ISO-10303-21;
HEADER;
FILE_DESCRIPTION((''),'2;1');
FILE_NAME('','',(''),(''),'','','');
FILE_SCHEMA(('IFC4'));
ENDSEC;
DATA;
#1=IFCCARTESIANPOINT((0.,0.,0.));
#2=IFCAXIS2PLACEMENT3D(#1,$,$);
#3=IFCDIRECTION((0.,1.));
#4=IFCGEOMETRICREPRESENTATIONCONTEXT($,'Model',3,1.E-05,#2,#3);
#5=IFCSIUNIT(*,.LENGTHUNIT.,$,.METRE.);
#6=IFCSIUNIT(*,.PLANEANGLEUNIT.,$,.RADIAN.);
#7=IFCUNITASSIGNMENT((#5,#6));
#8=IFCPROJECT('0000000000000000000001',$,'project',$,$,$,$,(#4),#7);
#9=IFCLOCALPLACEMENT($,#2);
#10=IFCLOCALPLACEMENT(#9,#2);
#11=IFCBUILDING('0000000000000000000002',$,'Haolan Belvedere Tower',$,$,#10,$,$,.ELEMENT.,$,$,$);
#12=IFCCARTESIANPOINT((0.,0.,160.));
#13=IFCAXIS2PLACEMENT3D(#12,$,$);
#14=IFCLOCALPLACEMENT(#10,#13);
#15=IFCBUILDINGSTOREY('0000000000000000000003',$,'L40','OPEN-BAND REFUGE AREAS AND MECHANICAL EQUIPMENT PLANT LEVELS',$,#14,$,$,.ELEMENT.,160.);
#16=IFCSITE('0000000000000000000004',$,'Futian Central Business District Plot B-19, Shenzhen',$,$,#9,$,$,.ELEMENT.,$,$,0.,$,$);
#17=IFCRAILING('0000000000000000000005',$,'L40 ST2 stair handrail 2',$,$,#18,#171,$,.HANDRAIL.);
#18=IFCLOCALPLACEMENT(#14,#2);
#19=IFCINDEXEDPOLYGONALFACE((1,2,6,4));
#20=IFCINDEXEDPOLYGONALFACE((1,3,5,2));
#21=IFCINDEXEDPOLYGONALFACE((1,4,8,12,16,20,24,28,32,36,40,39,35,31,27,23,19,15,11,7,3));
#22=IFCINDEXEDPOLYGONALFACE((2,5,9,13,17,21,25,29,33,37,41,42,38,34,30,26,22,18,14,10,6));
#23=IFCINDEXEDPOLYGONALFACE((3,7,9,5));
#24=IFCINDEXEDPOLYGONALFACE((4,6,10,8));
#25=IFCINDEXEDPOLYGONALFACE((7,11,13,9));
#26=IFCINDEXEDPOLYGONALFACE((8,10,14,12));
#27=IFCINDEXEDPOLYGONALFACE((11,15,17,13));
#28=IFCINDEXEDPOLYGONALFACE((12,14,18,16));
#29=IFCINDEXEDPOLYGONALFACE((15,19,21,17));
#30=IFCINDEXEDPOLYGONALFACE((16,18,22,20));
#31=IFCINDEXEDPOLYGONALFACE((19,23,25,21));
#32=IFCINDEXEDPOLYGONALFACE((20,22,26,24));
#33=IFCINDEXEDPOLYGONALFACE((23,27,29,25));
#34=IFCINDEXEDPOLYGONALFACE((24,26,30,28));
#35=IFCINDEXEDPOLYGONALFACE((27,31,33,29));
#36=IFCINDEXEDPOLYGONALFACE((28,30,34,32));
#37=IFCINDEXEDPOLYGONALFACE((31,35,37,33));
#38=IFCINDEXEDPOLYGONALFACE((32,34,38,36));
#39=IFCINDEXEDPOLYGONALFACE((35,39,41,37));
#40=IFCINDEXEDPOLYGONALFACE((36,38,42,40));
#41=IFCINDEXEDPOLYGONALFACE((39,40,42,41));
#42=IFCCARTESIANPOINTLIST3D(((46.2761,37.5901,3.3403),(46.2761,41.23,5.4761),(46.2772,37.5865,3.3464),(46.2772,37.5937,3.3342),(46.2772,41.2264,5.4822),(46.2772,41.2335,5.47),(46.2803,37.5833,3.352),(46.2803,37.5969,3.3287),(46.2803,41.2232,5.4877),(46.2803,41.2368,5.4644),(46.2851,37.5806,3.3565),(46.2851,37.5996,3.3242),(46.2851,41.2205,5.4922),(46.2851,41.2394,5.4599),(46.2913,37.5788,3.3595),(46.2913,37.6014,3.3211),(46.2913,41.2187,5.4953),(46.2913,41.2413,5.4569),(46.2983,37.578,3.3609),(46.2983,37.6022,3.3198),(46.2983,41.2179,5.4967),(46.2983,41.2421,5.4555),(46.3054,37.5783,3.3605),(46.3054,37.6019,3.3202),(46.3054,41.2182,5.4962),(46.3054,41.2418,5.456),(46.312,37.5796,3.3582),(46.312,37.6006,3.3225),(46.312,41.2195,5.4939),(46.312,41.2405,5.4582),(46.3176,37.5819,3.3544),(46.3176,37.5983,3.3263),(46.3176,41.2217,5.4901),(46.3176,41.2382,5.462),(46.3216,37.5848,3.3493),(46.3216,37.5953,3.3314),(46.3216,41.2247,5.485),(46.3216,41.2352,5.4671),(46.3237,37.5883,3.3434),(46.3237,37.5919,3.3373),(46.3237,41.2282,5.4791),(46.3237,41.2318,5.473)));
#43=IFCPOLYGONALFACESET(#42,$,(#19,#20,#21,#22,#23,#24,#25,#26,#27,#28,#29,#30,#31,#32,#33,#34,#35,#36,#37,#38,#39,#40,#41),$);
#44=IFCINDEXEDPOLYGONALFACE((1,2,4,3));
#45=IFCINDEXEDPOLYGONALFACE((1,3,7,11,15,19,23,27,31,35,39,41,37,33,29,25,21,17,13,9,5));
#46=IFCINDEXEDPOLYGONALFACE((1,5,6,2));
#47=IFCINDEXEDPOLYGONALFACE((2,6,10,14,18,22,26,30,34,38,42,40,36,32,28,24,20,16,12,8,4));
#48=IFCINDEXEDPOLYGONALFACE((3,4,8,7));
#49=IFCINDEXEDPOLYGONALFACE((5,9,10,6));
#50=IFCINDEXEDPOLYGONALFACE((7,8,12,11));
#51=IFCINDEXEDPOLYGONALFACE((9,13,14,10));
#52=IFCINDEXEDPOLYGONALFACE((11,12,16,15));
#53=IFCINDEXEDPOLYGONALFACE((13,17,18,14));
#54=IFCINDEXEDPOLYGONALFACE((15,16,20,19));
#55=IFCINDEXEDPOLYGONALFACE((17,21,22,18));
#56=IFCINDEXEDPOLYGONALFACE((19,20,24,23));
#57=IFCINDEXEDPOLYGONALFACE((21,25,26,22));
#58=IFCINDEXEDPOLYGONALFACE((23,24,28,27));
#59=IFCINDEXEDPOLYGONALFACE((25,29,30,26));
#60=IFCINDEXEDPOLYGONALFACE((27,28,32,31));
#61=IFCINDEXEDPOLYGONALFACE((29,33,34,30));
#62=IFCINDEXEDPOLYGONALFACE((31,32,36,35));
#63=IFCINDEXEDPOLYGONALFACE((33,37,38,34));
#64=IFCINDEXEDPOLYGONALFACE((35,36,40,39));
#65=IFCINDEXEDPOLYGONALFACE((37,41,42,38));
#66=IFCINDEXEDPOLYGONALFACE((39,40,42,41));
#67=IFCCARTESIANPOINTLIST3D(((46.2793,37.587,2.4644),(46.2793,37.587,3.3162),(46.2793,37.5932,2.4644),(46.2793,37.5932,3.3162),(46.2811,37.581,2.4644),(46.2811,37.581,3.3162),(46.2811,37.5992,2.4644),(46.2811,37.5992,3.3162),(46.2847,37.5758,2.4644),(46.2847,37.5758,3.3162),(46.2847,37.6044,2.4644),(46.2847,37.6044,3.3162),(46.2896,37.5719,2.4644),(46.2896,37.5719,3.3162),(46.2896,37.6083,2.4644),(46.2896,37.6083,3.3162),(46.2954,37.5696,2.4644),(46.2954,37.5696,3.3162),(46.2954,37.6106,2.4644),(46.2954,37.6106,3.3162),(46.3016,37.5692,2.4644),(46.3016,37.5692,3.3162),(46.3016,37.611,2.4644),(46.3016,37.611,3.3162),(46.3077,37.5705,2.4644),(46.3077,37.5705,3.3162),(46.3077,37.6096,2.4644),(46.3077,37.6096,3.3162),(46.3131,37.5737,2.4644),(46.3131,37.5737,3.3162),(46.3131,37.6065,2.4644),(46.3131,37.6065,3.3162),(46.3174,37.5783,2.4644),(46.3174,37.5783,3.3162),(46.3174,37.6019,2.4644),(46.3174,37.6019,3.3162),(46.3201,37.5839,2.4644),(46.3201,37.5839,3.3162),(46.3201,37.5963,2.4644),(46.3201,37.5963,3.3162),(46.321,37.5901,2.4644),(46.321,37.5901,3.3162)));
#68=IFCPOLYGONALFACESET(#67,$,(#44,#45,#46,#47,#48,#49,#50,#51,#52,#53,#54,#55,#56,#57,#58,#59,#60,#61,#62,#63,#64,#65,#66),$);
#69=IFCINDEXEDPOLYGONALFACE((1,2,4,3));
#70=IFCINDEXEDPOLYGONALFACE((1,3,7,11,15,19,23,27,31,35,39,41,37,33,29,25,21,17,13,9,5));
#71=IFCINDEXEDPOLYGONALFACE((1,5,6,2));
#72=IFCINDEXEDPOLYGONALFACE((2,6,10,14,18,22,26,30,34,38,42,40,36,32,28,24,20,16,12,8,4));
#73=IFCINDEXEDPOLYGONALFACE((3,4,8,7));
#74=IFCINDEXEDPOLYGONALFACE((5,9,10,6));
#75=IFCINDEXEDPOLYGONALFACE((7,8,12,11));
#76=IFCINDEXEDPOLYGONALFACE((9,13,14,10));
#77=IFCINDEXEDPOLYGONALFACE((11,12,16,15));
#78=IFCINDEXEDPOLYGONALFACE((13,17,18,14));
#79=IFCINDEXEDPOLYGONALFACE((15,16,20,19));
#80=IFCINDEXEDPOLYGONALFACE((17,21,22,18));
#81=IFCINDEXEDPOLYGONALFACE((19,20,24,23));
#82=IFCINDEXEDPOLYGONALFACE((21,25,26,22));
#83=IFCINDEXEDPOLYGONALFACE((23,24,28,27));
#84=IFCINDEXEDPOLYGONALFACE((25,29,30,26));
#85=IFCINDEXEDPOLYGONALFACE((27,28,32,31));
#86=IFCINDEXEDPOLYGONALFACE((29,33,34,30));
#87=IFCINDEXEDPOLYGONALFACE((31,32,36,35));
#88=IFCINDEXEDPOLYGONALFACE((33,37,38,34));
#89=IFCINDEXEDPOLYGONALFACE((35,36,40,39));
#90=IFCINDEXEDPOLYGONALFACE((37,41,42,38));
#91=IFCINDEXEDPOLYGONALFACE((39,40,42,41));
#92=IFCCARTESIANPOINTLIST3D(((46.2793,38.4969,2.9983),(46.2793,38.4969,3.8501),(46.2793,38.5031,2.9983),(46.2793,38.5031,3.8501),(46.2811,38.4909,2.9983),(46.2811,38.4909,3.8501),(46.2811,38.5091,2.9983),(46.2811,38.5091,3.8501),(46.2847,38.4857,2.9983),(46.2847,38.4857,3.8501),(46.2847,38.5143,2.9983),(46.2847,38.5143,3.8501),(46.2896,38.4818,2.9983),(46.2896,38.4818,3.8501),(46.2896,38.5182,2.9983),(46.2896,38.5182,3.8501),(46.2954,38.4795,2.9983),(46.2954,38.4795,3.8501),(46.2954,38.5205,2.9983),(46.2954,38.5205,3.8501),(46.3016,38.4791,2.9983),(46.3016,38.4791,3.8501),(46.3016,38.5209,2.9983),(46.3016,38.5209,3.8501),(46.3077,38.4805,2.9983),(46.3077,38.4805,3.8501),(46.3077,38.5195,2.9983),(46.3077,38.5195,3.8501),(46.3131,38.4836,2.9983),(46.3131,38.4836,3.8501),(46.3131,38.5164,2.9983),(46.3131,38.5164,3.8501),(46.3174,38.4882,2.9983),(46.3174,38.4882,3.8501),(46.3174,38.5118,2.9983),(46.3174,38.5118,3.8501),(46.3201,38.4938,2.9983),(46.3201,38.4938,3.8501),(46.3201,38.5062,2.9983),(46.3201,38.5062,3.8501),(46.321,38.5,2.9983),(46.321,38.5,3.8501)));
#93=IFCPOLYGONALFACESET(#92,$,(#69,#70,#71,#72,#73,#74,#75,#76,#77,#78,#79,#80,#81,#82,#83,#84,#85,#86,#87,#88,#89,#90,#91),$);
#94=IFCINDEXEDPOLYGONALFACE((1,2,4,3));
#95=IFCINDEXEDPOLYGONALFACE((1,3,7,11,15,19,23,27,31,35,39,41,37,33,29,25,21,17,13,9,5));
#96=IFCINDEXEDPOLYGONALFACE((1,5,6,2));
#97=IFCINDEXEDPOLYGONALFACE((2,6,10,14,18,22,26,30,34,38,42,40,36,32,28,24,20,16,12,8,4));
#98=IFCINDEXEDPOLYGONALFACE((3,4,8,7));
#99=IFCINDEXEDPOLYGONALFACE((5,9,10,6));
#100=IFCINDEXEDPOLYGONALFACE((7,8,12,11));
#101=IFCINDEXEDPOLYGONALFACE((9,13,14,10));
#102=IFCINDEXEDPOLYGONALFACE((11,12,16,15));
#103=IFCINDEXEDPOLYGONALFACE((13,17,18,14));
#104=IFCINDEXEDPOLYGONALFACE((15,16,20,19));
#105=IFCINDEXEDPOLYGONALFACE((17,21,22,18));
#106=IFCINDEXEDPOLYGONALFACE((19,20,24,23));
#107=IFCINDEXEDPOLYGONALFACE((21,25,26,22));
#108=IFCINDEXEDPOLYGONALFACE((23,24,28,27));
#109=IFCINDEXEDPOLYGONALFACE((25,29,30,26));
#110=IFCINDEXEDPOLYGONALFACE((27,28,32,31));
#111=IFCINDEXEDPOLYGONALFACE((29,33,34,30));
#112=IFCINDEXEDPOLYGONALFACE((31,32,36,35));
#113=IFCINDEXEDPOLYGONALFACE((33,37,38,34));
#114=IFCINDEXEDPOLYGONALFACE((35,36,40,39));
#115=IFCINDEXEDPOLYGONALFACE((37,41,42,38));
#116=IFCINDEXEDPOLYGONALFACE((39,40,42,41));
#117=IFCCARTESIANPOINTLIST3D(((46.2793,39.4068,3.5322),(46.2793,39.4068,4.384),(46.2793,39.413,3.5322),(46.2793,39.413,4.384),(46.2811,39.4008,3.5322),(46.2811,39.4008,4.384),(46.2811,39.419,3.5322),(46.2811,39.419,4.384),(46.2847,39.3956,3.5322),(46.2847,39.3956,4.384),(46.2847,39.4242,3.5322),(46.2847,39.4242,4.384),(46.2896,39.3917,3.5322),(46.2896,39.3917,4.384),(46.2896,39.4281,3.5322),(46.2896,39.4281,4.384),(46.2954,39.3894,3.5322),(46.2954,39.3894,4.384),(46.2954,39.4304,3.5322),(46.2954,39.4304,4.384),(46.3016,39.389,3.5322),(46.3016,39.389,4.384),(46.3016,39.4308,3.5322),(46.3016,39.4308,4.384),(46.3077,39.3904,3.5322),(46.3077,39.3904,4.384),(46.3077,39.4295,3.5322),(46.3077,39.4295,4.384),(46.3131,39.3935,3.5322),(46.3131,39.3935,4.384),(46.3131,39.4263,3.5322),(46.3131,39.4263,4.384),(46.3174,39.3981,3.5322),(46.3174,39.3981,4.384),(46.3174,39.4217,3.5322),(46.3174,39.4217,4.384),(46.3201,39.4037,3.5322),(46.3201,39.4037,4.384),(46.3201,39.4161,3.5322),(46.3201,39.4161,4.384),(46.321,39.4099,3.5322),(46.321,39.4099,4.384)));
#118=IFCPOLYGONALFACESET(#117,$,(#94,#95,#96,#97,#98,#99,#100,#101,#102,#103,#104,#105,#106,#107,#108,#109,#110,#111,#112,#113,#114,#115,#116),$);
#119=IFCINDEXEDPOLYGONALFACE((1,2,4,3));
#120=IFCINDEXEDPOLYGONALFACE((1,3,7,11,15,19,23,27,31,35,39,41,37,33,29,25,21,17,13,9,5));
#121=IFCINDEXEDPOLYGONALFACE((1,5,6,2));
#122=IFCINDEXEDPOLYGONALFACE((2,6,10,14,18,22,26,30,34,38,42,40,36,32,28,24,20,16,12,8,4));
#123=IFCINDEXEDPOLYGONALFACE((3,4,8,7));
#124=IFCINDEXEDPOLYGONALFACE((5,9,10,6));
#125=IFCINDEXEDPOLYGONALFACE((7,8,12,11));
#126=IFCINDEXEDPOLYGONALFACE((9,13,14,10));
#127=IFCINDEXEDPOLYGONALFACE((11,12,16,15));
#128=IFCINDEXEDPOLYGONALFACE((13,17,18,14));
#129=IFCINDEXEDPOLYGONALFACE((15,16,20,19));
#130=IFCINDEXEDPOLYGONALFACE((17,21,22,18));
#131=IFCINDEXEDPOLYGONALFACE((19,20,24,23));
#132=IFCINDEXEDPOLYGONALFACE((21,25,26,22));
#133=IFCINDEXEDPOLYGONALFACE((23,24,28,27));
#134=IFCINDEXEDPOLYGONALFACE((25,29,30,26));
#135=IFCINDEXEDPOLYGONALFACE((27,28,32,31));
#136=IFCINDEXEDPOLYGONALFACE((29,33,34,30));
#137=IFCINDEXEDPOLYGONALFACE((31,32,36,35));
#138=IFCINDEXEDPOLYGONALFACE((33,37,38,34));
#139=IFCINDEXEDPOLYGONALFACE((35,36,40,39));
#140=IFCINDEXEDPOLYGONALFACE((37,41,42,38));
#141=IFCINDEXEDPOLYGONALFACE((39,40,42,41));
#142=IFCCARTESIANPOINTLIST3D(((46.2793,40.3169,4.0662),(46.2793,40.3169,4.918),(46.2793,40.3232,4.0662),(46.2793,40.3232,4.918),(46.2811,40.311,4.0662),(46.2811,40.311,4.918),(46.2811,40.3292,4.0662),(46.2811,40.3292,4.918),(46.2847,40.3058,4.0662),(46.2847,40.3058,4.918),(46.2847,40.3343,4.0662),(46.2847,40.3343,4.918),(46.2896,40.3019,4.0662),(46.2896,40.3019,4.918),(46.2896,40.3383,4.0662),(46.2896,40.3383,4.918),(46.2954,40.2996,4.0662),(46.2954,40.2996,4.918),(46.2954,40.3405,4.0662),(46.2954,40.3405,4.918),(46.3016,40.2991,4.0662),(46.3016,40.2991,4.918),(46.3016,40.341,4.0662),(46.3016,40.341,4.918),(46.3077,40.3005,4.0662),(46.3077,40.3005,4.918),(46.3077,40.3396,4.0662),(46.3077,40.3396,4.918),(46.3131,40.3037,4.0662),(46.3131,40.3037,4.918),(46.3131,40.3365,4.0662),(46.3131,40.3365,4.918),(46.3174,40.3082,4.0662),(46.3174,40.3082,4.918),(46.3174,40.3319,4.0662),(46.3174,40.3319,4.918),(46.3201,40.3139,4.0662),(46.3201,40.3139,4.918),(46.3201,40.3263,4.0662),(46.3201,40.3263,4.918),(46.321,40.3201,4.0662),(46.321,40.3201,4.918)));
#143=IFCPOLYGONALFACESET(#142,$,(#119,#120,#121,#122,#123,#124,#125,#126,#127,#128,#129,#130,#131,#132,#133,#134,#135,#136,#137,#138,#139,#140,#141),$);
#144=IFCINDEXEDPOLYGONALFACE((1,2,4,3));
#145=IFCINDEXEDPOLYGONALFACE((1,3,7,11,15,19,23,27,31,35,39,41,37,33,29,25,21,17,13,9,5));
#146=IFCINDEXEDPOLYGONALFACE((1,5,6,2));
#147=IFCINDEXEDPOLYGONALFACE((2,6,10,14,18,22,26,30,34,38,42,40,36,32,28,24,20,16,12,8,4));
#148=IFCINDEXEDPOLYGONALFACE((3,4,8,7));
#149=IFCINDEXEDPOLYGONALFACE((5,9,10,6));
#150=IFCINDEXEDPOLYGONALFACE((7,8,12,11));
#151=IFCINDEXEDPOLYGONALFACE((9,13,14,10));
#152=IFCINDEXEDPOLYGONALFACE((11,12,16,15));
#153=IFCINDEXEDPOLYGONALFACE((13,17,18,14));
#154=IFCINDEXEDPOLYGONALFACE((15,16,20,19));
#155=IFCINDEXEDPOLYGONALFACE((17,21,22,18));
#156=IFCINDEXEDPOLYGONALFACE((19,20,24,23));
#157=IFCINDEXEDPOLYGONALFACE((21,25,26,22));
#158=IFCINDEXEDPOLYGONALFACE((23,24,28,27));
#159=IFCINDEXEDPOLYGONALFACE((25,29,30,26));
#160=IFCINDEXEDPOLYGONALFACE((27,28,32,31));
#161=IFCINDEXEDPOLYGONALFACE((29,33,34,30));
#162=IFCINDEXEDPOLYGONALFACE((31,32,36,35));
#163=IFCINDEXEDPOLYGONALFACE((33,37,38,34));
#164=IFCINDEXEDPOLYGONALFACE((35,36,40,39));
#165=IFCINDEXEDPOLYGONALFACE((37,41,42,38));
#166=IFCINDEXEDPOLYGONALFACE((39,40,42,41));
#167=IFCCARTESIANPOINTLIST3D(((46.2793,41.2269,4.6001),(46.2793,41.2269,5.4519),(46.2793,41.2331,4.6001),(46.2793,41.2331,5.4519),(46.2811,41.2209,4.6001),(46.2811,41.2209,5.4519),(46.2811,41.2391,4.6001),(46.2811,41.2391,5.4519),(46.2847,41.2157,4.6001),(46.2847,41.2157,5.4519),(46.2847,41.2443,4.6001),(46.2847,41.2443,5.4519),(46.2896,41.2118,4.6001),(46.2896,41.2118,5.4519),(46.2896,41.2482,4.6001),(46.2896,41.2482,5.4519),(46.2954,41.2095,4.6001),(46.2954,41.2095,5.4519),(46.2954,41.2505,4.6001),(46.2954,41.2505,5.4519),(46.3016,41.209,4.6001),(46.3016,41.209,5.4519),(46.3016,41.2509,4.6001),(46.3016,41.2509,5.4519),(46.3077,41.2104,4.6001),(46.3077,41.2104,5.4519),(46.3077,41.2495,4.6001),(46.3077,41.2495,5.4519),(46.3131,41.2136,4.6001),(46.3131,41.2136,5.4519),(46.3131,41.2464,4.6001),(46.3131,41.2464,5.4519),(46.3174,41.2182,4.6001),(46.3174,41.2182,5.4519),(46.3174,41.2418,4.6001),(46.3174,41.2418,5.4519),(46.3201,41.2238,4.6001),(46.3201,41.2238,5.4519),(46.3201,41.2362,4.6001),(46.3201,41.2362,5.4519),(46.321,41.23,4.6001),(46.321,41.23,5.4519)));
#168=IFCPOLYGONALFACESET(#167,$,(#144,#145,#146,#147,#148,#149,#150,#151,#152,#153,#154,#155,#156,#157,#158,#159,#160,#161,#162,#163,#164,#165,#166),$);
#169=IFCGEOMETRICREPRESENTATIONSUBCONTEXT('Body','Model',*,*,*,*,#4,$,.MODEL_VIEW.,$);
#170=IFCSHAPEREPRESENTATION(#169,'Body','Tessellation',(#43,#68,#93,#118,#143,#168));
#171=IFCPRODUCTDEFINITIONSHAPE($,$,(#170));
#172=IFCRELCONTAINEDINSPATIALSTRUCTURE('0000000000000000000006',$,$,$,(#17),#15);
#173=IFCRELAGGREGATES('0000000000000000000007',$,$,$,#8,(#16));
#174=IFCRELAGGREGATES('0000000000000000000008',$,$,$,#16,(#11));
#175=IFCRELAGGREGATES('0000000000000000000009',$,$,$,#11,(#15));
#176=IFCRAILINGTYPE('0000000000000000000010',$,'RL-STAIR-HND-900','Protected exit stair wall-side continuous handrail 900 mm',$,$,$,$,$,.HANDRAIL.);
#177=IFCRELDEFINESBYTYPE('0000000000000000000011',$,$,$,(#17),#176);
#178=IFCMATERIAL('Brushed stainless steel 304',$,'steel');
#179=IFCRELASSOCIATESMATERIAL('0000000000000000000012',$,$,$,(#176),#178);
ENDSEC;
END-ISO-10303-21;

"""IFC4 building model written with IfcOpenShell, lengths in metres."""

from ifc_helpers import new_model, si_unit, direction, frame, origin, origin_2d, place, context, subcontext, project, spatial, circle, extrude, material, type_object, element, save


model = new_model("IFC4")

# Units and contexts
model_context = context("Model", 3, precision=1e-05, world=origin(), true_north=direction((0.0, 1.0)))
body_context = subcontext(model_context, "Body", "Model", "MODEL_VIEW")
ifc_project = project(units=[si_unit("LENGTHUNIT", "METRE"), si_unit("PLANEANGLEUNIT", "RADIAN")], contexts=[model_context])

# Site, building, storey
site_placement = place(None, origin())
site = spatial("IfcSite", under=ifc_project, at=site_placement, Name="Futian Central Business District Plot B-19, Shenzhen", CompositionType="ELEMENT", RefElevation=0.0)
building_placement = place(site_placement, origin())
building = spatial("IfcBuilding", under=site, at=building_placement, Name="Haolan Belvedere Tower", CompositionType="ELEMENT")
storey_placement = place(building_placement, frame((0.0, 0.0, 160.0)))
storey = spatial("IfcBuildingStorey", under=building, at=storey_placement, Name="L40", Description="OPEN-BAND REFUGE AREAS AND MECHANICAL EQUIPMENT PLANT LEVELS", CompositionType="ELEMENT", Elevation=160.0)

# Railing
ifc_material_1 = material(Name="Brushed stainless steel 304", Category="steel")
railing_type_1 = type_object("IfcRailingType", Name="RL-STAIR-HND-900", Description="Protected exit stair wall-side continuous handrail 900 mm", PredefinedType="HANDRAIL", material=ifc_material_1)
for number, where, name in (
    (1, (46.3, 37.5901, 2.4644), "L40 ST2 stair handrail 2"),
):
    element("IfcRailing", number, at=place(storey_placement, frame(where)), inside=storey, type_object=railing_type_1, Name=name, PredefinedType="HANDRAIL", context=body_context, shape_type="SweptSolid", body=[
        extrude(circle(Radius=0.0239, at=origin_2d()), frame((0.0, 0.0, 0.876), z_axis=(0.0, 0.86249, 0.506074), x_axis=(-1.0, 0.0, 0.0)), (0.0, 0.0, 1.0), 4.2202),
        extrude(circle(Radius=0.021, at=origin_2d()), origin(), (0.0, 0.0, 1.0), 0.8518),
        extrude(circle(Radius=0.021, at=origin_2d()), frame((0.0, 0.9099, 0.5339)), (0.0, 0.0, 1.0), 0.8518),
        extrude(circle(Radius=0.021, at=origin_2d()), frame((0.0, 1.8198, 1.0679)), (0.0, 0.0, 1.0), 0.8518),
        extrude(circle(Radius=0.021, at=origin_2d()), frame((0.0, 2.73, 1.6018)), (0.0, 0.0, 1.0), 0.8518),
        extrude(circle(Radius=0.021, at=origin_2d()), frame((0.0, 3.6399, 2.1357)), (0.0, 0.0, 1.0), 0.8518),
    ])

save(model, "model.ifc")
